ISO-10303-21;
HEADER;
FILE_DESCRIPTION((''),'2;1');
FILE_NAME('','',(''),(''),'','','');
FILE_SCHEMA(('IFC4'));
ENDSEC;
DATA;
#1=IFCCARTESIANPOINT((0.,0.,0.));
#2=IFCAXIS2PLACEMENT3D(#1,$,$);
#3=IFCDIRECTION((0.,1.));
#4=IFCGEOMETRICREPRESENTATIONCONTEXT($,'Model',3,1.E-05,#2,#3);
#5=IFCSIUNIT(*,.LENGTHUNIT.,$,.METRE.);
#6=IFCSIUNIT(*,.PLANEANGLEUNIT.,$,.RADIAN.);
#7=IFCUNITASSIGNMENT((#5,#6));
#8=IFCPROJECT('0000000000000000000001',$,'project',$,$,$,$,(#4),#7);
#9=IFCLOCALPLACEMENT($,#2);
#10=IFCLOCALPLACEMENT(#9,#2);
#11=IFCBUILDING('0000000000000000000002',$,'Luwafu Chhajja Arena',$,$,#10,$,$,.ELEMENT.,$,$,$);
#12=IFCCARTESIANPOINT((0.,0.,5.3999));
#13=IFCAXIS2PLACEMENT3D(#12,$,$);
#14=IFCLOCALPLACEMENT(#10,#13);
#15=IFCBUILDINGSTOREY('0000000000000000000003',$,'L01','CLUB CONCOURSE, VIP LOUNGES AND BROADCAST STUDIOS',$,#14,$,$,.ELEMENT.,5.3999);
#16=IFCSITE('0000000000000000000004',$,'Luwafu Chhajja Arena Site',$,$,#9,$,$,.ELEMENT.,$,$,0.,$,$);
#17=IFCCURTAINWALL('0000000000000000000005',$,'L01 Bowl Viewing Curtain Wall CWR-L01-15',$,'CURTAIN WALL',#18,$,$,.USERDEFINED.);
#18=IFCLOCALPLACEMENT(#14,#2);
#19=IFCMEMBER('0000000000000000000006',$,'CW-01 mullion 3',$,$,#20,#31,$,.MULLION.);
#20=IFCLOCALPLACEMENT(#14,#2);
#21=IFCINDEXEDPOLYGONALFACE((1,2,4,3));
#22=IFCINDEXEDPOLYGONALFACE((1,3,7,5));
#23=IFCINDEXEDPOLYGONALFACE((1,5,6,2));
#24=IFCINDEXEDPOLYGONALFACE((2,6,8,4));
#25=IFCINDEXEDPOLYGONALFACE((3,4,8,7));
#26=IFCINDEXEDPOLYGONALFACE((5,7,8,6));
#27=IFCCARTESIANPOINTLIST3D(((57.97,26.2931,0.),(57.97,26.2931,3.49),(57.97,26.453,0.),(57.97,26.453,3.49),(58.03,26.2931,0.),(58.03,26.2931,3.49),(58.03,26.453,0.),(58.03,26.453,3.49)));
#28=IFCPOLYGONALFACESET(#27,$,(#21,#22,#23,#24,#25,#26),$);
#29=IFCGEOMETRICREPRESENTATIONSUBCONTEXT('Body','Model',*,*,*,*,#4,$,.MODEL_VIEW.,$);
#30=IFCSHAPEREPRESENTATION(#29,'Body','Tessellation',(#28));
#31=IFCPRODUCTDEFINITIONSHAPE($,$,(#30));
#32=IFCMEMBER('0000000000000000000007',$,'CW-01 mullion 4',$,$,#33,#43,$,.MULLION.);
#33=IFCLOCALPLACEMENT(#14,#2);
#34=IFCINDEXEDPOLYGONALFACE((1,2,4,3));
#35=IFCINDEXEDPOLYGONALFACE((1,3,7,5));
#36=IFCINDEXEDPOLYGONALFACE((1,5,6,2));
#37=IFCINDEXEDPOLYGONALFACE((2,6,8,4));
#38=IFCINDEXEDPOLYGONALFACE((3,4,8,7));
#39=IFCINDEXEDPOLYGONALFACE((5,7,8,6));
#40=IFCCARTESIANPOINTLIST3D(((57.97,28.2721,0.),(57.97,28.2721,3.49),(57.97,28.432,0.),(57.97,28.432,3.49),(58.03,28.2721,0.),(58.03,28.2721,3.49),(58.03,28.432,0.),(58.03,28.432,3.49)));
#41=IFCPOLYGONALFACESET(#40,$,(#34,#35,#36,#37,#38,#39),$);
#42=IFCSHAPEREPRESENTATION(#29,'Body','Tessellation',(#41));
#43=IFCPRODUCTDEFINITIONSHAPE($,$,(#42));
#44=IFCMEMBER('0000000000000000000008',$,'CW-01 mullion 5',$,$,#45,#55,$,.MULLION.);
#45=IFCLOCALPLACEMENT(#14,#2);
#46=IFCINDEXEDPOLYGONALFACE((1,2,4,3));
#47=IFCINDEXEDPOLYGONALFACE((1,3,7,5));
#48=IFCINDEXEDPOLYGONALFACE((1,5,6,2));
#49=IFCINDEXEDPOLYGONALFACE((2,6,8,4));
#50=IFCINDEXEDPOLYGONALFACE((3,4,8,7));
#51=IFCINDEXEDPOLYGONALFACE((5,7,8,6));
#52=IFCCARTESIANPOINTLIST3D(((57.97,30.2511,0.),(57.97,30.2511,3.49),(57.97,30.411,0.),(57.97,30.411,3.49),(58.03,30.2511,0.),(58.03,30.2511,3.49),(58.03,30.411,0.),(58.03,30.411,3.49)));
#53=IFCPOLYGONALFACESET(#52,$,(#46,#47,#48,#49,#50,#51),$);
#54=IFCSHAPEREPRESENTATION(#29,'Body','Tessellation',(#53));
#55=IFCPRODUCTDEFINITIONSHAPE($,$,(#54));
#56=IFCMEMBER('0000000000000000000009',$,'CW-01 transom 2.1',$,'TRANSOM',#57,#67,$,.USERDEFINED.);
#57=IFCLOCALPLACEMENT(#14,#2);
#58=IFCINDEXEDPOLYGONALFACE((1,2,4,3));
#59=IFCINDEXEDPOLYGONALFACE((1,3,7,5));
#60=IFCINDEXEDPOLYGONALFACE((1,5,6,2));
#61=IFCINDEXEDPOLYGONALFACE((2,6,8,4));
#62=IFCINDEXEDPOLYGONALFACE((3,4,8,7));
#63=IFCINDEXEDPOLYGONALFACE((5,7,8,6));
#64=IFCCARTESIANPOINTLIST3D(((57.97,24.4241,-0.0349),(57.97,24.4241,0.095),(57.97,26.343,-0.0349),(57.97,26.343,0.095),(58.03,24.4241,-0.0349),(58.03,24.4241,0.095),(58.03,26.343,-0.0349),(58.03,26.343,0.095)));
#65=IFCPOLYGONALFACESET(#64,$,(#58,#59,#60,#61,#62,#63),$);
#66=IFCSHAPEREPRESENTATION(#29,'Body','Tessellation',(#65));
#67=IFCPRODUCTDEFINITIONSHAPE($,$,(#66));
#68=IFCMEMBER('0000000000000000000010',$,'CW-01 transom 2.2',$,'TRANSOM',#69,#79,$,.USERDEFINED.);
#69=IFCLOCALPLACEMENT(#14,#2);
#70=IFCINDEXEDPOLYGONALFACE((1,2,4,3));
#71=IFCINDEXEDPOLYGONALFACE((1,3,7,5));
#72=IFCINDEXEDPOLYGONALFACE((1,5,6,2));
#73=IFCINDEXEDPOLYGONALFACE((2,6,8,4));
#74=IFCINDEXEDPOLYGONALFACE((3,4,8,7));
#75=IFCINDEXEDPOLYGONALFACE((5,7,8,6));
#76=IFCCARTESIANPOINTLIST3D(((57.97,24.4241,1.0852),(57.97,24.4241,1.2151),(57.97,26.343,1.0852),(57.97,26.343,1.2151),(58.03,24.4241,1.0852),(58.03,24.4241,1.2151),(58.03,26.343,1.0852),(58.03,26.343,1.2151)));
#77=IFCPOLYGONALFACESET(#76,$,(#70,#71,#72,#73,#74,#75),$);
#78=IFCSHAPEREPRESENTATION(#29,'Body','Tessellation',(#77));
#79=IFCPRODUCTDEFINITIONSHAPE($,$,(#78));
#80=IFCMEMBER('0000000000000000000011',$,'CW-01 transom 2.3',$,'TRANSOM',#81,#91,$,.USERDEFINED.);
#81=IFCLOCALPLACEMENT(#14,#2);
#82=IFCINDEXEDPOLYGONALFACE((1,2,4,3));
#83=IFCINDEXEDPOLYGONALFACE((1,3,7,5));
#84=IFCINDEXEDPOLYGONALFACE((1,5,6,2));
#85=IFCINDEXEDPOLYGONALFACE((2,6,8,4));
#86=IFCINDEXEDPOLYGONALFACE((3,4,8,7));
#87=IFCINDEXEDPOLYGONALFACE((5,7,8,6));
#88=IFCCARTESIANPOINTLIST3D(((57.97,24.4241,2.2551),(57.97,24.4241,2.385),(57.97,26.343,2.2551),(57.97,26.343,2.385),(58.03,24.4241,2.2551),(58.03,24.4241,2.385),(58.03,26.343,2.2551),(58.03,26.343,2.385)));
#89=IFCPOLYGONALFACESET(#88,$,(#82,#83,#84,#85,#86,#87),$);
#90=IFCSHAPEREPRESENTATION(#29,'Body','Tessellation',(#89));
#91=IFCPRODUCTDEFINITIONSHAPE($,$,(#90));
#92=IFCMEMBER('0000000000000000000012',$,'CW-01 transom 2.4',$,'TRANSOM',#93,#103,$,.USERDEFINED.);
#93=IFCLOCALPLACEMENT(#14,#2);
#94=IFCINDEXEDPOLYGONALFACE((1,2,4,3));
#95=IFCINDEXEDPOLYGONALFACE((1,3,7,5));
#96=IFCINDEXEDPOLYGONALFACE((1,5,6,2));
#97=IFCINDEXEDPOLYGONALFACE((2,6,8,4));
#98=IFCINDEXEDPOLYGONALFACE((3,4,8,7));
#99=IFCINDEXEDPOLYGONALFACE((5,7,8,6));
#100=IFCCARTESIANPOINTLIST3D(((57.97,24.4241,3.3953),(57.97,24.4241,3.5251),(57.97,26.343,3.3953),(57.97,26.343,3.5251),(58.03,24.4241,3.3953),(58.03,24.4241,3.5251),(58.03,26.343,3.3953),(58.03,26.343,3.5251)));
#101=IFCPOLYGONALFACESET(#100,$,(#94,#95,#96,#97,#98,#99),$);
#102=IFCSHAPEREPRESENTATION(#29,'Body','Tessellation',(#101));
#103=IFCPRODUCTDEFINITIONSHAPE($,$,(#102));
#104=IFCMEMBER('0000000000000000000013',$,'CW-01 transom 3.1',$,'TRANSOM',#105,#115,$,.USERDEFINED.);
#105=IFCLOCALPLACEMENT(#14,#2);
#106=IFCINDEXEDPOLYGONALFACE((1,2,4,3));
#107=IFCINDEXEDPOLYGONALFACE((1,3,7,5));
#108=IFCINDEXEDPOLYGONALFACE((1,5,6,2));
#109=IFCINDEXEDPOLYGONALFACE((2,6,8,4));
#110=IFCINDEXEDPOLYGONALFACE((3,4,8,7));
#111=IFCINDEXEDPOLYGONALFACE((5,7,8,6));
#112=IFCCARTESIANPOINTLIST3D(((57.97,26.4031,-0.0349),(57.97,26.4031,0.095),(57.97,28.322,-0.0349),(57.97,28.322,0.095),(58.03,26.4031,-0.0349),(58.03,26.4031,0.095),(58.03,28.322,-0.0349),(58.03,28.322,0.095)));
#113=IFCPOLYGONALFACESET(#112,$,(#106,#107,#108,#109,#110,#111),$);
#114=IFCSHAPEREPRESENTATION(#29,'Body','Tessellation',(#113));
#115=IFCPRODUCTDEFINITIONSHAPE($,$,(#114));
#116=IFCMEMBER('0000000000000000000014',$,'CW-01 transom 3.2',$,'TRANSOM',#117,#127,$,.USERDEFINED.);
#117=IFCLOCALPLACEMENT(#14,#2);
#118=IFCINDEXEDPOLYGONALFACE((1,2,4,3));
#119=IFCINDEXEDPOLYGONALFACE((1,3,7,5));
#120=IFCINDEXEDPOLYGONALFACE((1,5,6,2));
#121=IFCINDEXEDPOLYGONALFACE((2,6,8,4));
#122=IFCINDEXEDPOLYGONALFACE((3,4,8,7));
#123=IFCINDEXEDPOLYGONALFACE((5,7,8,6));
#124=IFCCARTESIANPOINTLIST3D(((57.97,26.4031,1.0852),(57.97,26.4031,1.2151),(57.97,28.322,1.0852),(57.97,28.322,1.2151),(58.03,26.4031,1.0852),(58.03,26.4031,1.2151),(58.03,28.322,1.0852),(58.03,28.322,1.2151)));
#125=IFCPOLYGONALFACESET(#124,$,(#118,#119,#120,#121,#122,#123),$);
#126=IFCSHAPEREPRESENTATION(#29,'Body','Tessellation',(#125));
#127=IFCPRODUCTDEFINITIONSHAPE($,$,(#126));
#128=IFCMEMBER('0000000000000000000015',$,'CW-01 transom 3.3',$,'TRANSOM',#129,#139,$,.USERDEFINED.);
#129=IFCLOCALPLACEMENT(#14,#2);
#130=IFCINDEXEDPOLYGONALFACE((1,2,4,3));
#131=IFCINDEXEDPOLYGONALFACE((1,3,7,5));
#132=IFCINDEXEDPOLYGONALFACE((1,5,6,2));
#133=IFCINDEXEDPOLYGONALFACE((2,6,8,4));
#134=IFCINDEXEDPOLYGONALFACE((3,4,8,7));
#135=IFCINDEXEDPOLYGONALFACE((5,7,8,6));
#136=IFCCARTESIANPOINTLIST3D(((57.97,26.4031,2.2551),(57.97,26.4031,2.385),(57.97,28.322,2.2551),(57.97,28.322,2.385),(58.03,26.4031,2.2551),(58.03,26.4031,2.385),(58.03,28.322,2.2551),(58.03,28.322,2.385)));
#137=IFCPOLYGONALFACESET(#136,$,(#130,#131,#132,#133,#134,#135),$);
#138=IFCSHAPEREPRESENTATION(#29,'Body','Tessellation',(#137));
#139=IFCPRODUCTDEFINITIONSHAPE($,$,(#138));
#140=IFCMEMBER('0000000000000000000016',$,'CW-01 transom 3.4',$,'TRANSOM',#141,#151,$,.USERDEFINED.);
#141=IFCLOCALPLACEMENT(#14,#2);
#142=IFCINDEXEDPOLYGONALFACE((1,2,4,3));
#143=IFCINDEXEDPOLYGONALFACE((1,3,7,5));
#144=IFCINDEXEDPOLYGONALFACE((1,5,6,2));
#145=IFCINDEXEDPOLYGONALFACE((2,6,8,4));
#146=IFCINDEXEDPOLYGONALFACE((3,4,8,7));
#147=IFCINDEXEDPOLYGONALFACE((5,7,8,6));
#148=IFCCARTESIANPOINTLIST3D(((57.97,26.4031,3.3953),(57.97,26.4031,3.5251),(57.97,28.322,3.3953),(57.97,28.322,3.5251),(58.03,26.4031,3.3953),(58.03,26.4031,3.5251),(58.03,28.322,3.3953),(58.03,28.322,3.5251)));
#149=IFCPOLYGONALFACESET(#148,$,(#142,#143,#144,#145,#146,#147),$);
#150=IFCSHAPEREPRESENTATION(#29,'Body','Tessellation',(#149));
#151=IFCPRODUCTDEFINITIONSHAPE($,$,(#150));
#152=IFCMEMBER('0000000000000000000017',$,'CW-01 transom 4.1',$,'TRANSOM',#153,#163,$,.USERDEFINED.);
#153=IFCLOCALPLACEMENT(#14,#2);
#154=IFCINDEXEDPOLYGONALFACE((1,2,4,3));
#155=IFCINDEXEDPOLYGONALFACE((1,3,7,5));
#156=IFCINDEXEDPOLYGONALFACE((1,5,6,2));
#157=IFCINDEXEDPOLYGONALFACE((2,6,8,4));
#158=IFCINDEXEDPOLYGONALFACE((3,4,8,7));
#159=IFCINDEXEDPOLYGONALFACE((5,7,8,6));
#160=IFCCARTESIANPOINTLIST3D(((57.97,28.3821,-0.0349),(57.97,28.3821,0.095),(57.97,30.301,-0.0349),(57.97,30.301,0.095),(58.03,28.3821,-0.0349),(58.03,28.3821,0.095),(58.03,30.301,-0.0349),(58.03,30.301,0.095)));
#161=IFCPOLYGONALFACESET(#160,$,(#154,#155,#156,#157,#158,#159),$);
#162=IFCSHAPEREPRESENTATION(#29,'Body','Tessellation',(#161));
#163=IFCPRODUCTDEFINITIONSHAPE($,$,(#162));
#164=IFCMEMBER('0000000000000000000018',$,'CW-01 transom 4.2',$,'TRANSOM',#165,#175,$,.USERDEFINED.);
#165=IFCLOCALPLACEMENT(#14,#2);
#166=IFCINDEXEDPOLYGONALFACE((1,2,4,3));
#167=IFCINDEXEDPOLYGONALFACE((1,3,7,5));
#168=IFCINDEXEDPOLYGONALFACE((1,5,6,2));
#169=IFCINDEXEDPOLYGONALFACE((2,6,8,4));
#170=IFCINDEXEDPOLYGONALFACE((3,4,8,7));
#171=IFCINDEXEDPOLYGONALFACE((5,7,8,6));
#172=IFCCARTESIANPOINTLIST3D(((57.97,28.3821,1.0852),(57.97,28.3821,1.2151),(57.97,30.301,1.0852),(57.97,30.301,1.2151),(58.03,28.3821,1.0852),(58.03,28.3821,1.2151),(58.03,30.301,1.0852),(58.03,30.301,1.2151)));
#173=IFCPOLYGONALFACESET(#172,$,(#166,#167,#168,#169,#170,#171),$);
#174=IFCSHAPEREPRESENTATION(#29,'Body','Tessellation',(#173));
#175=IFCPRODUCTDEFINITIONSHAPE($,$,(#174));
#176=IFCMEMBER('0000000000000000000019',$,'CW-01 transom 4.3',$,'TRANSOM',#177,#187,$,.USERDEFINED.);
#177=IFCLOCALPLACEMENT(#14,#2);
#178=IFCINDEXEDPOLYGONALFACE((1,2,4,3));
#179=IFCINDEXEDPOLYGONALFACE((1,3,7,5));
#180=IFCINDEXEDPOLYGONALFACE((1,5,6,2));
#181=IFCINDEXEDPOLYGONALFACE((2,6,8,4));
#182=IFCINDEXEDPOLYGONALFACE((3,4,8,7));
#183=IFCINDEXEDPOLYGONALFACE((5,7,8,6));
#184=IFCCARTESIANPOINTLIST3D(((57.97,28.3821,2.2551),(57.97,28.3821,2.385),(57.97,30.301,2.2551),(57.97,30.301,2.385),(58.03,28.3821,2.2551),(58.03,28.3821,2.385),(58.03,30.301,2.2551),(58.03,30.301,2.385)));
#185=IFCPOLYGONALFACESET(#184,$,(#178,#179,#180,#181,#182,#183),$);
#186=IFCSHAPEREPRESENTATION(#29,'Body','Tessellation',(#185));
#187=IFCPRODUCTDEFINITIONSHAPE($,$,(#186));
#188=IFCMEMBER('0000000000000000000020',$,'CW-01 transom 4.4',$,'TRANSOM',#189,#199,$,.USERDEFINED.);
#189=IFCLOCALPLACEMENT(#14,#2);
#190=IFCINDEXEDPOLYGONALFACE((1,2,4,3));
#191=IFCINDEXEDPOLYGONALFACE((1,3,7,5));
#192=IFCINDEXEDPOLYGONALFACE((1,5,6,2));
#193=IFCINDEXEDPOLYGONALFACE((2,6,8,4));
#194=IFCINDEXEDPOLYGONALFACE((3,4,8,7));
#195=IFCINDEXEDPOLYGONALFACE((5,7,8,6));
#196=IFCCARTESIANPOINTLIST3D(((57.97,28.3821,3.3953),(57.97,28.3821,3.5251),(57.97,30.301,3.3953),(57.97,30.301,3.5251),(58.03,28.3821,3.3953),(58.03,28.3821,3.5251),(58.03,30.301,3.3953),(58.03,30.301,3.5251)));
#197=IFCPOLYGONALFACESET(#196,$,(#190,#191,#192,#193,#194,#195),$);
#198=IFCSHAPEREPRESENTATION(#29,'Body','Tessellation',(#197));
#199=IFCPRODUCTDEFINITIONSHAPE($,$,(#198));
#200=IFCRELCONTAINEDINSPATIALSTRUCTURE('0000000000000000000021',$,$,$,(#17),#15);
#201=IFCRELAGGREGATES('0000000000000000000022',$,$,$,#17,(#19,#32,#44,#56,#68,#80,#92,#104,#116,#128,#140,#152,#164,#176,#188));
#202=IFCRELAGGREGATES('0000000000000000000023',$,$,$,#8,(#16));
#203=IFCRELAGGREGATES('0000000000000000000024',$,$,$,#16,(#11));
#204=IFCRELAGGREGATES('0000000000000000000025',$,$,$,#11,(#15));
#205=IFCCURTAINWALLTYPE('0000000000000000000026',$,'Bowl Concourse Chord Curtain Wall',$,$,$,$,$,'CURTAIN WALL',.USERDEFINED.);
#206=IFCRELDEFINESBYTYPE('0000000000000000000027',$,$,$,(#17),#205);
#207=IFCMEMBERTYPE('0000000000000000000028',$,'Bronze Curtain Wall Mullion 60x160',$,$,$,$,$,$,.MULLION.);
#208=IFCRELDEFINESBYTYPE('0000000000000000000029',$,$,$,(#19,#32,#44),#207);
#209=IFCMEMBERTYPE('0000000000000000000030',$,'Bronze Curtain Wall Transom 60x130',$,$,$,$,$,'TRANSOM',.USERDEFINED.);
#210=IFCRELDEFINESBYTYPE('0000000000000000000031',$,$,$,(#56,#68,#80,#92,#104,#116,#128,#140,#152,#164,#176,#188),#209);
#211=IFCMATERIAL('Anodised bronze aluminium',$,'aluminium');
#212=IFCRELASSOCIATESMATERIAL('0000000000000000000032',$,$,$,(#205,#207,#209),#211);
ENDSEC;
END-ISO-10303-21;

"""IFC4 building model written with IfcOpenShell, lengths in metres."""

from ifc_helpers import new_model, si_unit, direction, frame, origin, origin_2d, place, context, subcontext, project, spatial, rectangle, extrude, material, material_profile, profile_set, type_object, element, aggregate, save


model = new_model("IFC4")

# Units and contexts
model_context = context("Model", 3, precision=1e-05, world=origin(), true_north=direction((0.0, 1.0)))
body_context = subcontext(model_context, "Body", "Model", "MODEL_VIEW")
ifc_project = project(units=[si_unit("LENGTHUNIT", "METRE"), si_unit("PLANEANGLEUNIT", "RADIAN")], contexts=[model_context])

# Site, building, storey
site_placement = place(None, origin())
site = spatial("IfcSite", under=ifc_project, at=site_placement, Name="Luwafu Chhajja Arena Site", CompositionType="ELEMENT", RefElevation=0.0)
building_placement = place(site_placement, origin())
building = spatial("IfcBuilding", under=site, at=building_placement, Name="Luwafu Chhajja Arena", CompositionType="ELEMENT")
storey_placement = place(building_placement, frame((0.0, 0.0, 5.3999)))
storey = spatial("IfcBuildingStorey", under=building, at=storey_placement, Name="L01", Description="CLUB CONCOURSE, VIP LOUNGES AND BROADCAST STUDIOS", CompositionType="ELEMENT", Elevation=5.3999)

# Curtain wall, members
ifc_material_1 = material(Name="Anodised bronze aluminium", Category="aluminium")
curtain_wall_type = type_object("IfcCurtainWallType", Name="Bowl Concourse Chord Curtain Wall", ElementType="CURTAIN WALL", PredefinedType="USERDEFINED", material=ifc_material_1)
curtain_wall_placement = place(storey_placement, origin())
curtain_wall = element("IfcCurtainWall", 1, at=curtain_wall_placement, inside=storey, type_object=curtain_wall_type, Name="L01 Bowl Viewing Curtain Wall CWR-L01-15", ObjectType="CURTAIN WALL", PredefinedType="USERDEFINED")
ifc_material_profile_1 = material_profile(ifc_material_1, rectangle(XDim=0.0601, YDim=0.1599, at=origin_2d()), Name="CWM 60x160")
ifc_profile_set_1 = profile_set([ifc_material_profile_1], Name="Anodised bronze aluminium")
member_type_1 = type_object("IfcMemberType", Name="Bronze Curtain Wall Mullion 60x160", PredefinedType="MULLION", material=ifc_profile_set_1)
member_1_placement = place(storey_placement, frame((58.0, 26.373, 0.0), z_axis=(0.0, 0.0, 1.0), x_axis=(-1.0, 0.0, 0.0)))
member_1 = element("IfcMember", 2, at=member_1_placement, type_object=member_type_1, Name="CW-01 mullion 3", PredefinedType="MULLION", context=body_context, shape_type="SweptSolid", body=[
    extrude(rectangle(XDim=0.0601, YDim=0.1599, at=origin_2d()), origin(), (0.0, 0.0, 1.0), 3.49),
])
member_2_placement = place(storey_placement, frame((58.0, 28.3521, 0.0), z_axis=(0.0, 0.0, 1.0), x_axis=(-1.0, 0.0, 0.0)))
member_2 = element("IfcMember", 3, at=member_2_placement, type_object=member_type_1, Name="CW-01 mullion 4", PredefinedType="MULLION", context=body_context, shape_type="SweptSolid", body=[
    extrude(rectangle(XDim=0.0601, YDim=0.1599, at=origin_2d()), origin(), (0.0, 0.0, 1.0), 3.49),
])
member_3_placement = place(storey_placement, frame((58.0, 30.3311, 0.0), z_axis=(0.0, 0.0, 1.0), x_axis=(-1.0, 0.0, 0.0)))
member_3 = element("IfcMember", 4, at=member_3_placement, type_object=member_type_1, Name="CW-01 mullion 5", PredefinedType="MULLION", context=body_context, shape_type="SweptSolid", body=[
    extrude(rectangle(XDim=0.0601, YDim=0.1599, at=origin_2d()), origin(), (0.0, 0.0, 1.0), 3.49),
])
ifc_material_profile_2 = material_profile(ifc_material_1, rectangle(XDim=0.0601, YDim=0.1299, at=origin_2d()), Name="CWT 60x130")
ifc_profile_set_2 = profile_set([ifc_material_profile_2], Name="Anodised bronze aluminium")
member_type_2 = type_object("IfcMemberType", Name="Bronze Curtain Wall Transom 60x130", ElementType="TRANSOM", PredefinedType="USERDEFINED", material=ifc_profile_set_2)
member_4_placement = place(storey_placement, frame((58.0, 24.4241, 0.03), z_axis=(0.0, 1.0, 0.0), x_axis=(-1.0, 0.0, 0.0)))
member_4 = element("IfcMember", 5, at=member_4_placement, type_object=member_type_2, Name="CW-01 transom 2.1", ObjectType="TRANSOM", PredefinedType="USERDEFINED", context=body_context, shape_type="SweptSolid", body=[
    extrude(rectangle(XDim=0.0601, YDim=0.1299, at=origin_2d()), origin(), (0.0, 0.0, 1.0), 1.9189),
])
member_5_placement = place(storey_placement, frame((58.0, 24.4241, 1.1501), z_axis=(0.0, 1.0, 0.0), x_axis=(-1.0, 0.0, 0.0)))
member_5 = element("IfcMember", 6, at=member_5_placement, type_object=member_type_2, Name="CW-01 transom 2.2", ObjectType="TRANSOM", PredefinedType="USERDEFINED", context=body_context, shape_type="SweptSolid", body=[
    extrude(rectangle(XDim=0.0601, YDim=0.1299, at=origin_2d()), origin(), (0.0, 0.0, 1.0), 1.9189),
])
member_6_placement = place(storey_placement, frame((58.0, 24.4241, 2.3201), z_axis=(0.0, 1.0, 0.0), x_axis=(-1.0, 0.0, 0.0)))
member_6 = element("IfcMember", 7, at=member_6_placement, type_object=member_type_2, Name="CW-01 transom 2.3", ObjectType="TRANSOM", PredefinedType="USERDEFINED", context=body_context, shape_type="SweptSolid", body=[
    extrude(rectangle(XDim=0.0601, YDim=0.1299, at=origin_2d()), origin(), (0.0, 0.0, 1.0), 1.9189),
])
member_7_placement = place(storey_placement, frame((58.0, 24.4241, 3.4602), z_axis=(0.0, 1.0, 0.0), x_axis=(-1.0, 0.0, 0.0)))
member_7 = element("IfcMember", 8, at=member_7_placement, type_object=member_type_2, Name="CW-01 transom 2.4", ObjectType="TRANSOM", PredefinedType="USERDEFINED", context=body_context, shape_type="SweptSolid", body=[
    extrude(rectangle(XDim=0.0601, YDim=0.1299, at=origin_2d()), origin(), (0.0, 0.0, 1.0), 1.9189),
])
member_8_placement = place(storey_placement, frame((58.0, 26.4031, 0.03), z_axis=(0.0, 1.0, 0.0), x_axis=(-1.0, 0.0, 0.0)))
member_8 = element("IfcMember", 9, at=member_8_placement, type_object=member_type_2, Name="CW-01 transom 3.1", ObjectType="TRANSOM", PredefinedType="USERDEFINED", context=body_context, shape_type="SweptSolid", body=[
    extrude(rectangle(XDim=0.0601, YDim=0.1299, at=origin_2d()), origin(), (0.0, 0.0, 1.0), 1.9189),
])
member_9_placement = place(storey_placement, frame((58.0, 26.4031, 1.1501), z_axis=(0.0, 1.0, 0.0), x_axis=(-1.0, 0.0, 0.0)))
member_9 = element("IfcMember", 10, at=member_9_placement, type_object=member_type_2, Name="CW-01 transom 3.2", ObjectType="TRANSOM", PredefinedType="USERDEFINED", context=body_context, shape_type="SweptSolid", body=[
    extrude(rectangle(XDim=0.0601, YDim=0.1299, at=origin_2d()), origin(), (0.0, 0.0, 1.0), 1.9189),
])
member_10_placement = place(storey_placement, frame((58.0, 26.4031, 2.3201), z_axis=(0.0, 1.0, 0.0), x_axis=(-1.0, 0.0, 0.0)))
member_10 = element("IfcMember", 11, at=member_10_placement, type_object=member_type_2, Name="CW-01 transom 3.3", ObjectType="TRANSOM", PredefinedType="USERDEFINED", context=body_context, shape_type="SweptSolid", body=[
    extrude(rectangle(XDim=0.0601, YDim=0.1299, at=origin_2d()), origin(), (0.0, 0.0, 1.0), 1.9189),
])
member_11_placement = place(storey_placement, frame((58.0, 26.4031, 3.4602), z_axis=(0.0, 1.0, 0.0), x_axis=(-1.0, 0.0, 0.0)))
member_11 = element("IfcMember", 12, at=member_11_placement, type_object=member_type_2, Name="CW-01 transom 3.4", ObjectType="TRANSOM", PredefinedType="USERDEFINED", context=body_context, shape_type="SweptSolid", body=[
    extrude(rectangle(XDim=0.0601, YDim=0.1299, at=origin_2d()), origin(), (0.0, 0.0, 1.0), 1.9189),
])
member_12_placement = place(storey_placement, frame((58.0, 28.3821, 0.03), z_axis=(0.0, 1.0, 0.0), x_axis=(-1.0, 0.0, 0.0)))
member_12 = element("IfcMember", 13, at=member_12_placement, type_object=member_type_2, Name="CW-01 transom 4.1", ObjectType="TRANSOM", PredefinedType="USERDEFINED", context=body_context, shape_type="SweptSolid", body=[
    extrude(rectangle(XDim=0.0601, YDim=0.1299, at=origin_2d()), origin(), (0.0, 0.0, 1.0), 1.9189),
])
member_13_placement = place(storey_placement, frame((58.0, 28.3821, 1.1501), z_axis=(0.0, 1.0, 0.0), x_axis=(-1.0, 0.0, 0.0)))
member_13 = element("IfcMember", 14, at=member_13_placement, type_object=member_type_2, Name="CW-01 transom 4.2", ObjectType="TRANSOM", PredefinedType="USERDEFINED", context=body_context, shape_type="SweptSolid", body=[
    extrude(rectangle(XDim=0.0601, YDim=0.1299, at=origin_2d()), origin(), (0.0, 0.0, 1.0), 1.9189),
])
member_14_placement = place(storey_placement, frame((58.0, 28.3821, 2.3201), z_axis=(0.0, 1.0, 0.0), x_axis=(-1.0, 0.0, 0.0)))
member_14 = element("IfcMember", 15, at=member_14_placement, type_object=member_type_2, Name="CW-01 transom 4.3", ObjectType="TRANSOM", PredefinedType="USERDEFINED", context=body_context, shape_type="SweptSolid", body=[
    extrude(rectangle(XDim=0.0601, YDim=0.1299, at=origin_2d()), origin(), (0.0, 0.0, 1.0), 1.9189),
])
member_15_placement = place(storey_placement, frame((58.0, 28.3821, 3.4602), z_axis=(0.0, 1.0, 0.0), x_axis=(-1.0, 0.0, 0.0)))
member_15 = element("IfcMember", 16, at=member_15_placement, type_object=member_type_2, Name="CW-01 transom 4.4", ObjectType="TRANSOM", PredefinedType="USERDEFINED", context=body_context, shape_type="SweptSolid", body=[
    extrude(rectangle(XDim=0.0601, YDim=0.1299, at=origin_2d()), origin(), (0.0, 0.0, 1.0), 1.9189),
])
aggregate(curtain_wall, [member_1, member_2, member_3, member_4, member_5, member_6, member_7, member_8, member_9, member_10, member_11, member_12, member_13, member_14, member_15])

save(model, "model.ifc")
